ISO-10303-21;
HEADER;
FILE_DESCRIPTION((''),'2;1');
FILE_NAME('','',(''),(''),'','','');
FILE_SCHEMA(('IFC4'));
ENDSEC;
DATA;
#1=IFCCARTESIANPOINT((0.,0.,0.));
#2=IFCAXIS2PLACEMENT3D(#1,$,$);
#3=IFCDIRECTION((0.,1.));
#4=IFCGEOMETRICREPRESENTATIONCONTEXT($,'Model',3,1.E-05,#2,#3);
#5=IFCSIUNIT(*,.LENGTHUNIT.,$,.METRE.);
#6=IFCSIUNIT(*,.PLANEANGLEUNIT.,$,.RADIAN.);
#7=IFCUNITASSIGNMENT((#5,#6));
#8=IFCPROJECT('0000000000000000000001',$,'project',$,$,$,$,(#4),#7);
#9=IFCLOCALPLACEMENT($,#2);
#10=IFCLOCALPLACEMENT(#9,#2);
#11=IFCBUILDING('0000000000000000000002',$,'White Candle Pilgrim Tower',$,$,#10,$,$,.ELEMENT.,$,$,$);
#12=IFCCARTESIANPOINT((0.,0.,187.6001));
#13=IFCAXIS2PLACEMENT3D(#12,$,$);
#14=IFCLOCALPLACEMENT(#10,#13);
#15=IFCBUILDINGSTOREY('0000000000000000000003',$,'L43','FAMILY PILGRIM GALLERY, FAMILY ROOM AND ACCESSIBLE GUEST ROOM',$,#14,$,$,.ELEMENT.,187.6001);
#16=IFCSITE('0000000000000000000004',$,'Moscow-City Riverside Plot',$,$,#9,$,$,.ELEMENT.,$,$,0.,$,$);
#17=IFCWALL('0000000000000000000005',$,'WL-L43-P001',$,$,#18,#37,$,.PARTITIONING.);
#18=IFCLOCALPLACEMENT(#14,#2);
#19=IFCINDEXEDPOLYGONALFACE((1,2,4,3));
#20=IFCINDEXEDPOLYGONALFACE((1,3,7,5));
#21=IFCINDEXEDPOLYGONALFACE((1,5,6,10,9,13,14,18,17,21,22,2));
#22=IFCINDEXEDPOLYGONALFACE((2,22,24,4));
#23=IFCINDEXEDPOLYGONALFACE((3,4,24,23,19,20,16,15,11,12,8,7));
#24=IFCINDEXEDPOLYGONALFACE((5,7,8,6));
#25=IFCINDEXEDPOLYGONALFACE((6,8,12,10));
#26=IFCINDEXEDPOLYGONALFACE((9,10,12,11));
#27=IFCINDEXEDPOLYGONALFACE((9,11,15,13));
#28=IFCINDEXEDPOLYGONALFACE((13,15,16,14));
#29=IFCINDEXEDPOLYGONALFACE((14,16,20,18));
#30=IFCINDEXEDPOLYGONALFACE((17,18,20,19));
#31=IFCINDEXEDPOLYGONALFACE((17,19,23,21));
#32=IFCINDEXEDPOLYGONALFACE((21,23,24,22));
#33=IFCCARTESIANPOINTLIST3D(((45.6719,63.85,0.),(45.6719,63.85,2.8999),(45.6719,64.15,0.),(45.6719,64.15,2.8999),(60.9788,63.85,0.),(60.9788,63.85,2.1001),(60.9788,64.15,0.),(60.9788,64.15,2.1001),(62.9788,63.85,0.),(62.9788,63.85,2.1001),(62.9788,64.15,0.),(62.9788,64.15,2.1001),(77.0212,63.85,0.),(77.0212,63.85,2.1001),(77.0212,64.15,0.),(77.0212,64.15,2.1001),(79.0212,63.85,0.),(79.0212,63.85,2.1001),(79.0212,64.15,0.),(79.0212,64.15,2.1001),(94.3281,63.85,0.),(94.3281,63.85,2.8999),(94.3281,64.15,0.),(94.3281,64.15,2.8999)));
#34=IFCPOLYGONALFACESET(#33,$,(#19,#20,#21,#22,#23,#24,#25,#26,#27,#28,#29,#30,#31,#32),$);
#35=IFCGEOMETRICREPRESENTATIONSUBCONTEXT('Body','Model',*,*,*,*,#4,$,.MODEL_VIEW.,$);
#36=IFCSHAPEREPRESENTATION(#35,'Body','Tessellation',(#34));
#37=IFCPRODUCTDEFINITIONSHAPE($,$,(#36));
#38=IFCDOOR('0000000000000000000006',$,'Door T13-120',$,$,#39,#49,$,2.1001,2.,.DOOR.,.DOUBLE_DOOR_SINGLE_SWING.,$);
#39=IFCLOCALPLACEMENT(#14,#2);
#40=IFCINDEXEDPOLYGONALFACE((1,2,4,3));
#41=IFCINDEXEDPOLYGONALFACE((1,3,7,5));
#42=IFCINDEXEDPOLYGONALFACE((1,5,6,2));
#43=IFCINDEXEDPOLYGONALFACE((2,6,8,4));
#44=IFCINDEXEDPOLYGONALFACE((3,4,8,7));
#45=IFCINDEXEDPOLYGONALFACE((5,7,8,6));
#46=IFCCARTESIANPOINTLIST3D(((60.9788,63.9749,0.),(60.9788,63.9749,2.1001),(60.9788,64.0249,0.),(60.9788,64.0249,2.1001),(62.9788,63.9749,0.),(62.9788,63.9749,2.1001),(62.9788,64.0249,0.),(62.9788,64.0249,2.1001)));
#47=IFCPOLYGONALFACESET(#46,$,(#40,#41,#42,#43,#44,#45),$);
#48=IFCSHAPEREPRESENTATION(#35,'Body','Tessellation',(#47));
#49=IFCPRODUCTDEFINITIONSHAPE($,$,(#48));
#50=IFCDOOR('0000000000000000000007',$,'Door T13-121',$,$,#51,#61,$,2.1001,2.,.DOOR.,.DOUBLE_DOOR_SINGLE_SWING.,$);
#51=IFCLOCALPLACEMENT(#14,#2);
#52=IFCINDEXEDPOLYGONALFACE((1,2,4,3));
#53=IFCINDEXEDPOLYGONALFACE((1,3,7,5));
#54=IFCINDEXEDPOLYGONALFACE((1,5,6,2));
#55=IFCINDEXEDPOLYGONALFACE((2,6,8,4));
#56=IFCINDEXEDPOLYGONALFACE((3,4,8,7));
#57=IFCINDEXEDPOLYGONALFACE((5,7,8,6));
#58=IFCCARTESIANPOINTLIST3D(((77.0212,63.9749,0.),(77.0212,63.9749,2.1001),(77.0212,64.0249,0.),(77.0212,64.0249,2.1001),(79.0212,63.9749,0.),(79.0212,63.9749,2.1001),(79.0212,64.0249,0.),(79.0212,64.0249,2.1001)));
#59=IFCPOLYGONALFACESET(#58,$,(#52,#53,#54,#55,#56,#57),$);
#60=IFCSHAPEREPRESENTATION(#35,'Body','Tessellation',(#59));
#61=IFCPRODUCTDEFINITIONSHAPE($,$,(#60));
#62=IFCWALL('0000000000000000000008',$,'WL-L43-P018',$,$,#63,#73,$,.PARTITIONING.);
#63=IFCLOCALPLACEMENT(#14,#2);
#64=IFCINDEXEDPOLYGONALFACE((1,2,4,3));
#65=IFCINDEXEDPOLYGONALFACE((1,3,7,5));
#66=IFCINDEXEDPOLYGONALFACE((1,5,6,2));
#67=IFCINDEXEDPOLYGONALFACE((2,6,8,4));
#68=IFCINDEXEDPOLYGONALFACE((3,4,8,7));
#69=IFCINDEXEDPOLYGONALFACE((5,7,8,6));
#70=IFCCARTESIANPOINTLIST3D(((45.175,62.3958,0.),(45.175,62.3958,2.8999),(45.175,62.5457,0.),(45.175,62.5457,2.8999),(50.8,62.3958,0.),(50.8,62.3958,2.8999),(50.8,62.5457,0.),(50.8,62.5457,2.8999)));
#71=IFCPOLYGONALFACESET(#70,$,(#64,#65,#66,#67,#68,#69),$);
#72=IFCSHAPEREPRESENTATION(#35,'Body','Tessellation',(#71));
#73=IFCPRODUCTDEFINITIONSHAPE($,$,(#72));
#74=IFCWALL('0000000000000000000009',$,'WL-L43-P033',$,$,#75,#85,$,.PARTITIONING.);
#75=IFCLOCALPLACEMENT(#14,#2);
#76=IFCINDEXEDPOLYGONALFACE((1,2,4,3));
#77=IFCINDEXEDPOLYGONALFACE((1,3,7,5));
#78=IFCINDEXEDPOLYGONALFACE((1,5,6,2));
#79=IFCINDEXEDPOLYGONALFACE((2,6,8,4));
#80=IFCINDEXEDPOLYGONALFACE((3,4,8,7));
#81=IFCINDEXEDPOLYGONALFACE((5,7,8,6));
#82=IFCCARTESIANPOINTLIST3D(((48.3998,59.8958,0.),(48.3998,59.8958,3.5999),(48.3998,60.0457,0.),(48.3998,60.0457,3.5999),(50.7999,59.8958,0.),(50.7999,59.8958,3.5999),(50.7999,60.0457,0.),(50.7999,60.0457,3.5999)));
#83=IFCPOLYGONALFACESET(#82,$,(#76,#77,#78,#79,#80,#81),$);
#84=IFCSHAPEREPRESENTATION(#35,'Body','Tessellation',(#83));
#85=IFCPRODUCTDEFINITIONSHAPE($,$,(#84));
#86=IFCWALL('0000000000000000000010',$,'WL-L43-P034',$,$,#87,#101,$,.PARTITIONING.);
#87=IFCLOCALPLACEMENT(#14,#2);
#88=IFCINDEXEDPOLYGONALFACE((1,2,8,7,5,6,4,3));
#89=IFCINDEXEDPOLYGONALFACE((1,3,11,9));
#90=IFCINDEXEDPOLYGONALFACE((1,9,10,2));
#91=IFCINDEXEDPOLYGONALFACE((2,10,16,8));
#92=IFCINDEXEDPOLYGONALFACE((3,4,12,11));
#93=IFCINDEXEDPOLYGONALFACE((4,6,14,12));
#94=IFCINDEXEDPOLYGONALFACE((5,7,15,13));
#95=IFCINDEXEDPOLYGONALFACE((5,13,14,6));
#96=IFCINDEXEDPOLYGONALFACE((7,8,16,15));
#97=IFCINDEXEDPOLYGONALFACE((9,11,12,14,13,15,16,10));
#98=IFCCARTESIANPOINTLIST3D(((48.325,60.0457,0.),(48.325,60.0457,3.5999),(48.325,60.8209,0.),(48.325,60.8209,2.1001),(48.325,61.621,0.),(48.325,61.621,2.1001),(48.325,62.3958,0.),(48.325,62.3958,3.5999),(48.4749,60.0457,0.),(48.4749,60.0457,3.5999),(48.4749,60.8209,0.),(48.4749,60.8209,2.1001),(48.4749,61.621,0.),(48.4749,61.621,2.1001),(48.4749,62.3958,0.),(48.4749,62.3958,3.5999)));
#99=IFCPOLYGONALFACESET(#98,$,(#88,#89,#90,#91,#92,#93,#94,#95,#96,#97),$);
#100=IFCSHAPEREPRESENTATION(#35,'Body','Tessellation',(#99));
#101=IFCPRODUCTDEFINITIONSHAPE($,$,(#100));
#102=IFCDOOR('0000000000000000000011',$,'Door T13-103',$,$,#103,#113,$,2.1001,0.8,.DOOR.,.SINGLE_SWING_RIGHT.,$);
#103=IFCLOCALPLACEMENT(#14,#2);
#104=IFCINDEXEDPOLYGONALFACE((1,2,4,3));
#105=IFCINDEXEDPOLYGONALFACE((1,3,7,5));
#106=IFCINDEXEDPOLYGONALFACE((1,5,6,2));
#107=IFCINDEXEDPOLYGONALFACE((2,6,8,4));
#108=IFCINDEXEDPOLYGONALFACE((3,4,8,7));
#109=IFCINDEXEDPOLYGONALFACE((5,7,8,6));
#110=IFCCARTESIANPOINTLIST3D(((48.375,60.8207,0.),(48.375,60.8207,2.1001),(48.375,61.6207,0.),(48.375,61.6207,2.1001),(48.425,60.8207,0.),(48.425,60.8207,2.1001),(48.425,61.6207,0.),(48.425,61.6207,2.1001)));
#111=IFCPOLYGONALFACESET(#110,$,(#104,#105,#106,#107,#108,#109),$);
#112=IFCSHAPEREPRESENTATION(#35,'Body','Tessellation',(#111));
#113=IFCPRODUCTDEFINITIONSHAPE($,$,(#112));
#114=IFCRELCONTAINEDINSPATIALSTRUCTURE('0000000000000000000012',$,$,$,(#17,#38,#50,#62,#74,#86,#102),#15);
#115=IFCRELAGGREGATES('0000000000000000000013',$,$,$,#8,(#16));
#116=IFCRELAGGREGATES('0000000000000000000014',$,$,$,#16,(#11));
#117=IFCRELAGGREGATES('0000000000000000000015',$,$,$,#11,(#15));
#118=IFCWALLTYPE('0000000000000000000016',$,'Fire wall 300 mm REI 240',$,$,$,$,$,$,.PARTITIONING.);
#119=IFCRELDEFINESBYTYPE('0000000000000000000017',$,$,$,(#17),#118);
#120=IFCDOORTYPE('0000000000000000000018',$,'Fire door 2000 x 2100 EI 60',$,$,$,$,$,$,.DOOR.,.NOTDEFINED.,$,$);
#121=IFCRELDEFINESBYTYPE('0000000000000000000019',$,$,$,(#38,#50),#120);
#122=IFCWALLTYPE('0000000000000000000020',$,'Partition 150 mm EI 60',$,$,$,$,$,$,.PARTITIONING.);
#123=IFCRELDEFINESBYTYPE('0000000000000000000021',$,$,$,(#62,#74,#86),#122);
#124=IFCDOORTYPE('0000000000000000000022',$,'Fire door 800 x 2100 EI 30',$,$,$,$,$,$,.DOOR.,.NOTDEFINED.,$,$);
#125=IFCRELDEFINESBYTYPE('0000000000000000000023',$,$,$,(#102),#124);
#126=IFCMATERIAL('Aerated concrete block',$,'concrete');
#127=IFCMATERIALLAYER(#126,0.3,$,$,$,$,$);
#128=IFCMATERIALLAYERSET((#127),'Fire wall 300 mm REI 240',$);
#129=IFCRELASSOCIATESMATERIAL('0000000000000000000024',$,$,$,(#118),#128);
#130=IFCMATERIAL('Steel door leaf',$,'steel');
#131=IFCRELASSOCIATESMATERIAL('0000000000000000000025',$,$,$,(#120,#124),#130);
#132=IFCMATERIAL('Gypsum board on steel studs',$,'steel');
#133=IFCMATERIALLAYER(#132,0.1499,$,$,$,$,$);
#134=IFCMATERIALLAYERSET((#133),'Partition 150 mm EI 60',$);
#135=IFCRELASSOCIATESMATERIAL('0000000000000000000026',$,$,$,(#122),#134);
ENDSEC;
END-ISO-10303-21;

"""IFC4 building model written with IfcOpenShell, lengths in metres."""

from ifc_helpers import new_model, si_unit, direction, frame, frame_2d, origin, place, context, subcontext, project, spatial, rectangle, extrude, material, layer, layer_set, type_object, element, fill, save


model = new_model("IFC4")

# Units and contexts
model_context = context("Model", 3, precision=1e-05, world=origin(), true_north=direction((0.0, 1.0)))
body_context = subcontext(model_context, "Body", "Model", "MODEL_VIEW")
ifc_project = project(units=[si_unit("LENGTHUNIT", "METRE"), si_unit("PLANEANGLEUNIT", "RADIAN")], contexts=[model_context])

# Site, building, storey
site_placement = place(None, origin())
site = spatial("IfcSite", under=ifc_project, at=site_placement, Name="Moscow-City Riverside Plot", CompositionType="ELEMENT", RefElevation=0.0)
building_placement = place(site_placement, origin())
building = spatial("IfcBuilding", under=site, at=building_placement, Name="White Candle Pilgrim Tower", CompositionType="ELEMENT")
storey_placement = place(building_placement, frame((0.0, 0.0, 187.6001)))
storey = spatial("IfcBuildingStorey", under=building, at=storey_placement, Name="L43", Description="FAMILY PILGRIM GALLERY, FAMILY ROOM AND ACCESSIBLE GUEST ROOM", CompositionType="ELEMENT", Elevation=187.6001)

# Shared definitions
ifc_material_1 = material(Name="Gypsum board on steel studs", Category="steel")
ifc_material_2 = material(Name="Steel door leaf", Category="steel")

# Wall, openings, doors
ifc_material_3 = material(Name="Aerated concrete block", Category="concrete")
ifc_layer_1 = layer(ifc_material_3, 0.3)
ifc_layer_set_1 = layer_set([ifc_layer_1], Name="Fire wall 300 mm REI 240")
wall_type_1 = type_object("IfcWallType", Name="Fire wall 300 mm REI 240", PredefinedType="PARTITIONING", material=ifc_layer_set_1)
wall_1_placement = place(storey_placement, frame((45.6719, 64.0, 0.0), z_axis=(0.0, 0.0, 1.0), x_axis=(1.0, 0.0, 0.0)))
wall_1 = element("IfcWall", 1, at=wall_1_placement, inside=storey, type_object=wall_type_1, Name="WL-L43-P001", PredefinedType="PARTITIONING", context=body_context, shape_type="SweptSolid", body=[
    extrude(rectangle(XDim=48.6562, YDim=0.3, at=frame_2d((24.3281, 0.0))), origin(), (0.0, 0.0, 1.0), 2.8999),
])
opening_1_placement = place(wall_1_placement, frame((15.3069, 0.0, 0.0)))
opening_1 = element("IfcOpeningElement", 2, at=opening_1_placement, cuts=wall_1, PredefinedType="OPENING", context=body_context, shape_type="SweptSolid", body=[
    extrude(rectangle(XDim=2.0, YDim=2.1001, at=frame_2d((1.0, 1.05))), frame((0.0, 0.1599, 0.0), z_axis=(0.0, -1.0, 0.0), x_axis=(1.0, 0.0, 0.0)), (0.0, 0.0, 1.0), 0.3201),
])
opening_2_placement = place(wall_1_placement, frame((31.3494, 0.0, 0.0)))
opening_2 = element("IfcOpeningElement", 3, at=opening_2_placement, cuts=wall_1, PredefinedType="OPENING", context=body_context, shape_type="SweptSolid", body=[
    extrude(rectangle(XDim=2.0, YDim=2.1001, at=frame_2d((1.0, 1.05))), frame((0.0, 0.1599, 0.0), z_axis=(0.0, -1.0, 0.0), x_axis=(1.0, 0.0, 0.0)), (0.0, 0.0, 1.0), 0.3201),
])
door_type_1 = type_object("IfcDoorType", Name="Fire door 2000 x 2100 EI 60", OperationType="NOTDEFINED", PredefinedType="DOOR", material=ifc_material_2)
door_1_placement = place(opening_1_placement, origin())
door_1 = element("IfcDoor", 4, at=door_1_placement, inside=storey, type_object=door_type_1, Name="Door T13-120", OperationType="DOUBLE_DOOR_SINGLE_SWING", OverallHeight=2.1001, OverallWidth=2.0, PredefinedType="DOOR", context=body_context, shape_type="SweptSolid", body=[
    extrude(rectangle(XDim=2.0, YDim=2.1001, at=frame_2d((1.0, 1.05))), frame((0.0, 0.0249, 0.0), z_axis=(0.0, -1.0, 0.0), x_axis=(1.0, 0.0, 0.0)), (0.0, 0.0, 1.0), 0.05),
])
fill(opening_1, door_1)
door_2_placement = place(opening_2_placement, origin())
door_2 = element("IfcDoor", 5, at=door_2_placement, inside=storey, type_object=door_type_1, Name="Door T13-121", OperationType="DOUBLE_DOOR_SINGLE_SWING", OverallHeight=2.1001, OverallWidth=2.0, PredefinedType="DOOR", context=body_context, shape_type="SweptSolid", body=[
    extrude(rectangle(XDim=2.0, YDim=2.1001, at=frame_2d((1.0, 1.05))), frame((0.0, 0.0249, 0.0), z_axis=(0.0, -1.0, 0.0), x_axis=(1.0, 0.0, 0.0)), (0.0, 0.0, 1.0), 0.05),
])
fill(opening_2, door_2)

# Walls
ifc_layer_2 = layer(ifc_material_1, 0.1499)
ifc_layer_set_2 = layer_set([ifc_layer_2], Name="Partition 150 mm EI 60")
wall_type_2 = type_object("IfcWallType", Name="Partition 150 mm EI 60", PredefinedType="PARTITIONING", material=ifc_layer_set_2)
wall_2_placement = place(storey_placement, frame((45.175, 62.4707, 0.0), z_axis=(0.0, 0.0, 1.0), x_axis=(1.0, 0.0, 0.0)))
element("IfcWall", 6, at=wall_2_placement, inside=storey, type_object=wall_type_2, Name="WL-L43-P018", PredefinedType="PARTITIONING", context=body_context, shape_type="SweptSolid", body=[
    extrude(rectangle(XDim=5.625, YDim=0.1499, at=frame_2d((2.8125, 0.0))), origin(), (0.0, 0.0, 1.0), 2.8999),
])
wall_3_placement = place(storey_placement, frame((50.8, 59.9707, 0.0), z_axis=(0.0, 0.0, 1.0), x_axis=(-1.0, 0.0, 0.0)))
element("IfcWall", 7, at=wall_3_placement, inside=storey, type_object=wall_type_2, Name="WL-L43-P033", PredefinedType="PARTITIONING", context=body_context, shape_type="SweptSolid", body=[
    extrude(rectangle(XDim=2.4001, YDim=0.1499, at=frame_2d((1.2002, 0.0))), origin(), (0.0, 0.0, 1.0), 3.5999),
])

# Wall, opening, door
wall_4_placement = place(storey_placement, frame((48.3999, 62.3958, 0.0), z_axis=(0.0, 0.0, 1.0), x_axis=(0.0, -1.0, 0.0)))
wall_4 = element("IfcWall", 8, at=wall_4_placement, inside=storey, type_object=wall_type_2, Name="WL-L43-P034", PredefinedType="PARTITIONING", context=body_context, shape_type="SweptSolid", body=[
    extrude(rectangle(XDim=2.3501, YDim=0.1499, at=frame_2d((1.175, 0.0))), origin(), (0.0, 0.0, 1.0), 3.5999),
])
opening_3_placement = place(wall_4_placement, frame((0.7749, 0.0, 0.0)))
opening_3 = element("IfcOpeningElement", 9, at=opening_3_placement, cuts=wall_4, PredefinedType="OPENING", context=body_context, shape_type="SweptSolid", body=[
    extrude(rectangle(XDim=0.8, YDim=2.1001, at=frame_2d((0.3999, 1.05))), frame((0.0, 0.085, 0.0), z_axis=(0.0, -1.0, 0.0), x_axis=(1.0, 0.0, 0.0)), (0.0, 0.0, 1.0), 0.1699),
])
door_type_2 = type_object("IfcDoorType", Name="Fire door 800 x 2100 EI 30", OperationType="NOTDEFINED", PredefinedType="DOOR", material=ifc_material_2)
door_3_placement = place(opening_3_placement, frame((0.8, 0.0, 0.0), z_axis=(0.0, 0.0, 1.0), x_axis=(-1.0, 0.0, 0.0)))
door_3 = element("IfcDoor", 10, at=door_3_placement, inside=storey, type_object=door_type_2, Name="Door T13-103", OperationType="SINGLE_SWING_RIGHT", OverallHeight=2.1001, OverallWidth=0.8, PredefinedType="DOOR", context=body_context, shape_type="SweptSolid", body=[
    extrude(rectangle(XDim=0.8, YDim=2.1001, at=frame_2d((0.3999, 1.05))), frame((0.0, 0.0249, 0.0), z_axis=(0.0, -1.0, 0.0), x_axis=(1.0, 0.0, 0.0)), (0.0, 0.0, 1.0), 0.05),
])
fill(opening_3, door_3)

save(model, "model.ifc")
